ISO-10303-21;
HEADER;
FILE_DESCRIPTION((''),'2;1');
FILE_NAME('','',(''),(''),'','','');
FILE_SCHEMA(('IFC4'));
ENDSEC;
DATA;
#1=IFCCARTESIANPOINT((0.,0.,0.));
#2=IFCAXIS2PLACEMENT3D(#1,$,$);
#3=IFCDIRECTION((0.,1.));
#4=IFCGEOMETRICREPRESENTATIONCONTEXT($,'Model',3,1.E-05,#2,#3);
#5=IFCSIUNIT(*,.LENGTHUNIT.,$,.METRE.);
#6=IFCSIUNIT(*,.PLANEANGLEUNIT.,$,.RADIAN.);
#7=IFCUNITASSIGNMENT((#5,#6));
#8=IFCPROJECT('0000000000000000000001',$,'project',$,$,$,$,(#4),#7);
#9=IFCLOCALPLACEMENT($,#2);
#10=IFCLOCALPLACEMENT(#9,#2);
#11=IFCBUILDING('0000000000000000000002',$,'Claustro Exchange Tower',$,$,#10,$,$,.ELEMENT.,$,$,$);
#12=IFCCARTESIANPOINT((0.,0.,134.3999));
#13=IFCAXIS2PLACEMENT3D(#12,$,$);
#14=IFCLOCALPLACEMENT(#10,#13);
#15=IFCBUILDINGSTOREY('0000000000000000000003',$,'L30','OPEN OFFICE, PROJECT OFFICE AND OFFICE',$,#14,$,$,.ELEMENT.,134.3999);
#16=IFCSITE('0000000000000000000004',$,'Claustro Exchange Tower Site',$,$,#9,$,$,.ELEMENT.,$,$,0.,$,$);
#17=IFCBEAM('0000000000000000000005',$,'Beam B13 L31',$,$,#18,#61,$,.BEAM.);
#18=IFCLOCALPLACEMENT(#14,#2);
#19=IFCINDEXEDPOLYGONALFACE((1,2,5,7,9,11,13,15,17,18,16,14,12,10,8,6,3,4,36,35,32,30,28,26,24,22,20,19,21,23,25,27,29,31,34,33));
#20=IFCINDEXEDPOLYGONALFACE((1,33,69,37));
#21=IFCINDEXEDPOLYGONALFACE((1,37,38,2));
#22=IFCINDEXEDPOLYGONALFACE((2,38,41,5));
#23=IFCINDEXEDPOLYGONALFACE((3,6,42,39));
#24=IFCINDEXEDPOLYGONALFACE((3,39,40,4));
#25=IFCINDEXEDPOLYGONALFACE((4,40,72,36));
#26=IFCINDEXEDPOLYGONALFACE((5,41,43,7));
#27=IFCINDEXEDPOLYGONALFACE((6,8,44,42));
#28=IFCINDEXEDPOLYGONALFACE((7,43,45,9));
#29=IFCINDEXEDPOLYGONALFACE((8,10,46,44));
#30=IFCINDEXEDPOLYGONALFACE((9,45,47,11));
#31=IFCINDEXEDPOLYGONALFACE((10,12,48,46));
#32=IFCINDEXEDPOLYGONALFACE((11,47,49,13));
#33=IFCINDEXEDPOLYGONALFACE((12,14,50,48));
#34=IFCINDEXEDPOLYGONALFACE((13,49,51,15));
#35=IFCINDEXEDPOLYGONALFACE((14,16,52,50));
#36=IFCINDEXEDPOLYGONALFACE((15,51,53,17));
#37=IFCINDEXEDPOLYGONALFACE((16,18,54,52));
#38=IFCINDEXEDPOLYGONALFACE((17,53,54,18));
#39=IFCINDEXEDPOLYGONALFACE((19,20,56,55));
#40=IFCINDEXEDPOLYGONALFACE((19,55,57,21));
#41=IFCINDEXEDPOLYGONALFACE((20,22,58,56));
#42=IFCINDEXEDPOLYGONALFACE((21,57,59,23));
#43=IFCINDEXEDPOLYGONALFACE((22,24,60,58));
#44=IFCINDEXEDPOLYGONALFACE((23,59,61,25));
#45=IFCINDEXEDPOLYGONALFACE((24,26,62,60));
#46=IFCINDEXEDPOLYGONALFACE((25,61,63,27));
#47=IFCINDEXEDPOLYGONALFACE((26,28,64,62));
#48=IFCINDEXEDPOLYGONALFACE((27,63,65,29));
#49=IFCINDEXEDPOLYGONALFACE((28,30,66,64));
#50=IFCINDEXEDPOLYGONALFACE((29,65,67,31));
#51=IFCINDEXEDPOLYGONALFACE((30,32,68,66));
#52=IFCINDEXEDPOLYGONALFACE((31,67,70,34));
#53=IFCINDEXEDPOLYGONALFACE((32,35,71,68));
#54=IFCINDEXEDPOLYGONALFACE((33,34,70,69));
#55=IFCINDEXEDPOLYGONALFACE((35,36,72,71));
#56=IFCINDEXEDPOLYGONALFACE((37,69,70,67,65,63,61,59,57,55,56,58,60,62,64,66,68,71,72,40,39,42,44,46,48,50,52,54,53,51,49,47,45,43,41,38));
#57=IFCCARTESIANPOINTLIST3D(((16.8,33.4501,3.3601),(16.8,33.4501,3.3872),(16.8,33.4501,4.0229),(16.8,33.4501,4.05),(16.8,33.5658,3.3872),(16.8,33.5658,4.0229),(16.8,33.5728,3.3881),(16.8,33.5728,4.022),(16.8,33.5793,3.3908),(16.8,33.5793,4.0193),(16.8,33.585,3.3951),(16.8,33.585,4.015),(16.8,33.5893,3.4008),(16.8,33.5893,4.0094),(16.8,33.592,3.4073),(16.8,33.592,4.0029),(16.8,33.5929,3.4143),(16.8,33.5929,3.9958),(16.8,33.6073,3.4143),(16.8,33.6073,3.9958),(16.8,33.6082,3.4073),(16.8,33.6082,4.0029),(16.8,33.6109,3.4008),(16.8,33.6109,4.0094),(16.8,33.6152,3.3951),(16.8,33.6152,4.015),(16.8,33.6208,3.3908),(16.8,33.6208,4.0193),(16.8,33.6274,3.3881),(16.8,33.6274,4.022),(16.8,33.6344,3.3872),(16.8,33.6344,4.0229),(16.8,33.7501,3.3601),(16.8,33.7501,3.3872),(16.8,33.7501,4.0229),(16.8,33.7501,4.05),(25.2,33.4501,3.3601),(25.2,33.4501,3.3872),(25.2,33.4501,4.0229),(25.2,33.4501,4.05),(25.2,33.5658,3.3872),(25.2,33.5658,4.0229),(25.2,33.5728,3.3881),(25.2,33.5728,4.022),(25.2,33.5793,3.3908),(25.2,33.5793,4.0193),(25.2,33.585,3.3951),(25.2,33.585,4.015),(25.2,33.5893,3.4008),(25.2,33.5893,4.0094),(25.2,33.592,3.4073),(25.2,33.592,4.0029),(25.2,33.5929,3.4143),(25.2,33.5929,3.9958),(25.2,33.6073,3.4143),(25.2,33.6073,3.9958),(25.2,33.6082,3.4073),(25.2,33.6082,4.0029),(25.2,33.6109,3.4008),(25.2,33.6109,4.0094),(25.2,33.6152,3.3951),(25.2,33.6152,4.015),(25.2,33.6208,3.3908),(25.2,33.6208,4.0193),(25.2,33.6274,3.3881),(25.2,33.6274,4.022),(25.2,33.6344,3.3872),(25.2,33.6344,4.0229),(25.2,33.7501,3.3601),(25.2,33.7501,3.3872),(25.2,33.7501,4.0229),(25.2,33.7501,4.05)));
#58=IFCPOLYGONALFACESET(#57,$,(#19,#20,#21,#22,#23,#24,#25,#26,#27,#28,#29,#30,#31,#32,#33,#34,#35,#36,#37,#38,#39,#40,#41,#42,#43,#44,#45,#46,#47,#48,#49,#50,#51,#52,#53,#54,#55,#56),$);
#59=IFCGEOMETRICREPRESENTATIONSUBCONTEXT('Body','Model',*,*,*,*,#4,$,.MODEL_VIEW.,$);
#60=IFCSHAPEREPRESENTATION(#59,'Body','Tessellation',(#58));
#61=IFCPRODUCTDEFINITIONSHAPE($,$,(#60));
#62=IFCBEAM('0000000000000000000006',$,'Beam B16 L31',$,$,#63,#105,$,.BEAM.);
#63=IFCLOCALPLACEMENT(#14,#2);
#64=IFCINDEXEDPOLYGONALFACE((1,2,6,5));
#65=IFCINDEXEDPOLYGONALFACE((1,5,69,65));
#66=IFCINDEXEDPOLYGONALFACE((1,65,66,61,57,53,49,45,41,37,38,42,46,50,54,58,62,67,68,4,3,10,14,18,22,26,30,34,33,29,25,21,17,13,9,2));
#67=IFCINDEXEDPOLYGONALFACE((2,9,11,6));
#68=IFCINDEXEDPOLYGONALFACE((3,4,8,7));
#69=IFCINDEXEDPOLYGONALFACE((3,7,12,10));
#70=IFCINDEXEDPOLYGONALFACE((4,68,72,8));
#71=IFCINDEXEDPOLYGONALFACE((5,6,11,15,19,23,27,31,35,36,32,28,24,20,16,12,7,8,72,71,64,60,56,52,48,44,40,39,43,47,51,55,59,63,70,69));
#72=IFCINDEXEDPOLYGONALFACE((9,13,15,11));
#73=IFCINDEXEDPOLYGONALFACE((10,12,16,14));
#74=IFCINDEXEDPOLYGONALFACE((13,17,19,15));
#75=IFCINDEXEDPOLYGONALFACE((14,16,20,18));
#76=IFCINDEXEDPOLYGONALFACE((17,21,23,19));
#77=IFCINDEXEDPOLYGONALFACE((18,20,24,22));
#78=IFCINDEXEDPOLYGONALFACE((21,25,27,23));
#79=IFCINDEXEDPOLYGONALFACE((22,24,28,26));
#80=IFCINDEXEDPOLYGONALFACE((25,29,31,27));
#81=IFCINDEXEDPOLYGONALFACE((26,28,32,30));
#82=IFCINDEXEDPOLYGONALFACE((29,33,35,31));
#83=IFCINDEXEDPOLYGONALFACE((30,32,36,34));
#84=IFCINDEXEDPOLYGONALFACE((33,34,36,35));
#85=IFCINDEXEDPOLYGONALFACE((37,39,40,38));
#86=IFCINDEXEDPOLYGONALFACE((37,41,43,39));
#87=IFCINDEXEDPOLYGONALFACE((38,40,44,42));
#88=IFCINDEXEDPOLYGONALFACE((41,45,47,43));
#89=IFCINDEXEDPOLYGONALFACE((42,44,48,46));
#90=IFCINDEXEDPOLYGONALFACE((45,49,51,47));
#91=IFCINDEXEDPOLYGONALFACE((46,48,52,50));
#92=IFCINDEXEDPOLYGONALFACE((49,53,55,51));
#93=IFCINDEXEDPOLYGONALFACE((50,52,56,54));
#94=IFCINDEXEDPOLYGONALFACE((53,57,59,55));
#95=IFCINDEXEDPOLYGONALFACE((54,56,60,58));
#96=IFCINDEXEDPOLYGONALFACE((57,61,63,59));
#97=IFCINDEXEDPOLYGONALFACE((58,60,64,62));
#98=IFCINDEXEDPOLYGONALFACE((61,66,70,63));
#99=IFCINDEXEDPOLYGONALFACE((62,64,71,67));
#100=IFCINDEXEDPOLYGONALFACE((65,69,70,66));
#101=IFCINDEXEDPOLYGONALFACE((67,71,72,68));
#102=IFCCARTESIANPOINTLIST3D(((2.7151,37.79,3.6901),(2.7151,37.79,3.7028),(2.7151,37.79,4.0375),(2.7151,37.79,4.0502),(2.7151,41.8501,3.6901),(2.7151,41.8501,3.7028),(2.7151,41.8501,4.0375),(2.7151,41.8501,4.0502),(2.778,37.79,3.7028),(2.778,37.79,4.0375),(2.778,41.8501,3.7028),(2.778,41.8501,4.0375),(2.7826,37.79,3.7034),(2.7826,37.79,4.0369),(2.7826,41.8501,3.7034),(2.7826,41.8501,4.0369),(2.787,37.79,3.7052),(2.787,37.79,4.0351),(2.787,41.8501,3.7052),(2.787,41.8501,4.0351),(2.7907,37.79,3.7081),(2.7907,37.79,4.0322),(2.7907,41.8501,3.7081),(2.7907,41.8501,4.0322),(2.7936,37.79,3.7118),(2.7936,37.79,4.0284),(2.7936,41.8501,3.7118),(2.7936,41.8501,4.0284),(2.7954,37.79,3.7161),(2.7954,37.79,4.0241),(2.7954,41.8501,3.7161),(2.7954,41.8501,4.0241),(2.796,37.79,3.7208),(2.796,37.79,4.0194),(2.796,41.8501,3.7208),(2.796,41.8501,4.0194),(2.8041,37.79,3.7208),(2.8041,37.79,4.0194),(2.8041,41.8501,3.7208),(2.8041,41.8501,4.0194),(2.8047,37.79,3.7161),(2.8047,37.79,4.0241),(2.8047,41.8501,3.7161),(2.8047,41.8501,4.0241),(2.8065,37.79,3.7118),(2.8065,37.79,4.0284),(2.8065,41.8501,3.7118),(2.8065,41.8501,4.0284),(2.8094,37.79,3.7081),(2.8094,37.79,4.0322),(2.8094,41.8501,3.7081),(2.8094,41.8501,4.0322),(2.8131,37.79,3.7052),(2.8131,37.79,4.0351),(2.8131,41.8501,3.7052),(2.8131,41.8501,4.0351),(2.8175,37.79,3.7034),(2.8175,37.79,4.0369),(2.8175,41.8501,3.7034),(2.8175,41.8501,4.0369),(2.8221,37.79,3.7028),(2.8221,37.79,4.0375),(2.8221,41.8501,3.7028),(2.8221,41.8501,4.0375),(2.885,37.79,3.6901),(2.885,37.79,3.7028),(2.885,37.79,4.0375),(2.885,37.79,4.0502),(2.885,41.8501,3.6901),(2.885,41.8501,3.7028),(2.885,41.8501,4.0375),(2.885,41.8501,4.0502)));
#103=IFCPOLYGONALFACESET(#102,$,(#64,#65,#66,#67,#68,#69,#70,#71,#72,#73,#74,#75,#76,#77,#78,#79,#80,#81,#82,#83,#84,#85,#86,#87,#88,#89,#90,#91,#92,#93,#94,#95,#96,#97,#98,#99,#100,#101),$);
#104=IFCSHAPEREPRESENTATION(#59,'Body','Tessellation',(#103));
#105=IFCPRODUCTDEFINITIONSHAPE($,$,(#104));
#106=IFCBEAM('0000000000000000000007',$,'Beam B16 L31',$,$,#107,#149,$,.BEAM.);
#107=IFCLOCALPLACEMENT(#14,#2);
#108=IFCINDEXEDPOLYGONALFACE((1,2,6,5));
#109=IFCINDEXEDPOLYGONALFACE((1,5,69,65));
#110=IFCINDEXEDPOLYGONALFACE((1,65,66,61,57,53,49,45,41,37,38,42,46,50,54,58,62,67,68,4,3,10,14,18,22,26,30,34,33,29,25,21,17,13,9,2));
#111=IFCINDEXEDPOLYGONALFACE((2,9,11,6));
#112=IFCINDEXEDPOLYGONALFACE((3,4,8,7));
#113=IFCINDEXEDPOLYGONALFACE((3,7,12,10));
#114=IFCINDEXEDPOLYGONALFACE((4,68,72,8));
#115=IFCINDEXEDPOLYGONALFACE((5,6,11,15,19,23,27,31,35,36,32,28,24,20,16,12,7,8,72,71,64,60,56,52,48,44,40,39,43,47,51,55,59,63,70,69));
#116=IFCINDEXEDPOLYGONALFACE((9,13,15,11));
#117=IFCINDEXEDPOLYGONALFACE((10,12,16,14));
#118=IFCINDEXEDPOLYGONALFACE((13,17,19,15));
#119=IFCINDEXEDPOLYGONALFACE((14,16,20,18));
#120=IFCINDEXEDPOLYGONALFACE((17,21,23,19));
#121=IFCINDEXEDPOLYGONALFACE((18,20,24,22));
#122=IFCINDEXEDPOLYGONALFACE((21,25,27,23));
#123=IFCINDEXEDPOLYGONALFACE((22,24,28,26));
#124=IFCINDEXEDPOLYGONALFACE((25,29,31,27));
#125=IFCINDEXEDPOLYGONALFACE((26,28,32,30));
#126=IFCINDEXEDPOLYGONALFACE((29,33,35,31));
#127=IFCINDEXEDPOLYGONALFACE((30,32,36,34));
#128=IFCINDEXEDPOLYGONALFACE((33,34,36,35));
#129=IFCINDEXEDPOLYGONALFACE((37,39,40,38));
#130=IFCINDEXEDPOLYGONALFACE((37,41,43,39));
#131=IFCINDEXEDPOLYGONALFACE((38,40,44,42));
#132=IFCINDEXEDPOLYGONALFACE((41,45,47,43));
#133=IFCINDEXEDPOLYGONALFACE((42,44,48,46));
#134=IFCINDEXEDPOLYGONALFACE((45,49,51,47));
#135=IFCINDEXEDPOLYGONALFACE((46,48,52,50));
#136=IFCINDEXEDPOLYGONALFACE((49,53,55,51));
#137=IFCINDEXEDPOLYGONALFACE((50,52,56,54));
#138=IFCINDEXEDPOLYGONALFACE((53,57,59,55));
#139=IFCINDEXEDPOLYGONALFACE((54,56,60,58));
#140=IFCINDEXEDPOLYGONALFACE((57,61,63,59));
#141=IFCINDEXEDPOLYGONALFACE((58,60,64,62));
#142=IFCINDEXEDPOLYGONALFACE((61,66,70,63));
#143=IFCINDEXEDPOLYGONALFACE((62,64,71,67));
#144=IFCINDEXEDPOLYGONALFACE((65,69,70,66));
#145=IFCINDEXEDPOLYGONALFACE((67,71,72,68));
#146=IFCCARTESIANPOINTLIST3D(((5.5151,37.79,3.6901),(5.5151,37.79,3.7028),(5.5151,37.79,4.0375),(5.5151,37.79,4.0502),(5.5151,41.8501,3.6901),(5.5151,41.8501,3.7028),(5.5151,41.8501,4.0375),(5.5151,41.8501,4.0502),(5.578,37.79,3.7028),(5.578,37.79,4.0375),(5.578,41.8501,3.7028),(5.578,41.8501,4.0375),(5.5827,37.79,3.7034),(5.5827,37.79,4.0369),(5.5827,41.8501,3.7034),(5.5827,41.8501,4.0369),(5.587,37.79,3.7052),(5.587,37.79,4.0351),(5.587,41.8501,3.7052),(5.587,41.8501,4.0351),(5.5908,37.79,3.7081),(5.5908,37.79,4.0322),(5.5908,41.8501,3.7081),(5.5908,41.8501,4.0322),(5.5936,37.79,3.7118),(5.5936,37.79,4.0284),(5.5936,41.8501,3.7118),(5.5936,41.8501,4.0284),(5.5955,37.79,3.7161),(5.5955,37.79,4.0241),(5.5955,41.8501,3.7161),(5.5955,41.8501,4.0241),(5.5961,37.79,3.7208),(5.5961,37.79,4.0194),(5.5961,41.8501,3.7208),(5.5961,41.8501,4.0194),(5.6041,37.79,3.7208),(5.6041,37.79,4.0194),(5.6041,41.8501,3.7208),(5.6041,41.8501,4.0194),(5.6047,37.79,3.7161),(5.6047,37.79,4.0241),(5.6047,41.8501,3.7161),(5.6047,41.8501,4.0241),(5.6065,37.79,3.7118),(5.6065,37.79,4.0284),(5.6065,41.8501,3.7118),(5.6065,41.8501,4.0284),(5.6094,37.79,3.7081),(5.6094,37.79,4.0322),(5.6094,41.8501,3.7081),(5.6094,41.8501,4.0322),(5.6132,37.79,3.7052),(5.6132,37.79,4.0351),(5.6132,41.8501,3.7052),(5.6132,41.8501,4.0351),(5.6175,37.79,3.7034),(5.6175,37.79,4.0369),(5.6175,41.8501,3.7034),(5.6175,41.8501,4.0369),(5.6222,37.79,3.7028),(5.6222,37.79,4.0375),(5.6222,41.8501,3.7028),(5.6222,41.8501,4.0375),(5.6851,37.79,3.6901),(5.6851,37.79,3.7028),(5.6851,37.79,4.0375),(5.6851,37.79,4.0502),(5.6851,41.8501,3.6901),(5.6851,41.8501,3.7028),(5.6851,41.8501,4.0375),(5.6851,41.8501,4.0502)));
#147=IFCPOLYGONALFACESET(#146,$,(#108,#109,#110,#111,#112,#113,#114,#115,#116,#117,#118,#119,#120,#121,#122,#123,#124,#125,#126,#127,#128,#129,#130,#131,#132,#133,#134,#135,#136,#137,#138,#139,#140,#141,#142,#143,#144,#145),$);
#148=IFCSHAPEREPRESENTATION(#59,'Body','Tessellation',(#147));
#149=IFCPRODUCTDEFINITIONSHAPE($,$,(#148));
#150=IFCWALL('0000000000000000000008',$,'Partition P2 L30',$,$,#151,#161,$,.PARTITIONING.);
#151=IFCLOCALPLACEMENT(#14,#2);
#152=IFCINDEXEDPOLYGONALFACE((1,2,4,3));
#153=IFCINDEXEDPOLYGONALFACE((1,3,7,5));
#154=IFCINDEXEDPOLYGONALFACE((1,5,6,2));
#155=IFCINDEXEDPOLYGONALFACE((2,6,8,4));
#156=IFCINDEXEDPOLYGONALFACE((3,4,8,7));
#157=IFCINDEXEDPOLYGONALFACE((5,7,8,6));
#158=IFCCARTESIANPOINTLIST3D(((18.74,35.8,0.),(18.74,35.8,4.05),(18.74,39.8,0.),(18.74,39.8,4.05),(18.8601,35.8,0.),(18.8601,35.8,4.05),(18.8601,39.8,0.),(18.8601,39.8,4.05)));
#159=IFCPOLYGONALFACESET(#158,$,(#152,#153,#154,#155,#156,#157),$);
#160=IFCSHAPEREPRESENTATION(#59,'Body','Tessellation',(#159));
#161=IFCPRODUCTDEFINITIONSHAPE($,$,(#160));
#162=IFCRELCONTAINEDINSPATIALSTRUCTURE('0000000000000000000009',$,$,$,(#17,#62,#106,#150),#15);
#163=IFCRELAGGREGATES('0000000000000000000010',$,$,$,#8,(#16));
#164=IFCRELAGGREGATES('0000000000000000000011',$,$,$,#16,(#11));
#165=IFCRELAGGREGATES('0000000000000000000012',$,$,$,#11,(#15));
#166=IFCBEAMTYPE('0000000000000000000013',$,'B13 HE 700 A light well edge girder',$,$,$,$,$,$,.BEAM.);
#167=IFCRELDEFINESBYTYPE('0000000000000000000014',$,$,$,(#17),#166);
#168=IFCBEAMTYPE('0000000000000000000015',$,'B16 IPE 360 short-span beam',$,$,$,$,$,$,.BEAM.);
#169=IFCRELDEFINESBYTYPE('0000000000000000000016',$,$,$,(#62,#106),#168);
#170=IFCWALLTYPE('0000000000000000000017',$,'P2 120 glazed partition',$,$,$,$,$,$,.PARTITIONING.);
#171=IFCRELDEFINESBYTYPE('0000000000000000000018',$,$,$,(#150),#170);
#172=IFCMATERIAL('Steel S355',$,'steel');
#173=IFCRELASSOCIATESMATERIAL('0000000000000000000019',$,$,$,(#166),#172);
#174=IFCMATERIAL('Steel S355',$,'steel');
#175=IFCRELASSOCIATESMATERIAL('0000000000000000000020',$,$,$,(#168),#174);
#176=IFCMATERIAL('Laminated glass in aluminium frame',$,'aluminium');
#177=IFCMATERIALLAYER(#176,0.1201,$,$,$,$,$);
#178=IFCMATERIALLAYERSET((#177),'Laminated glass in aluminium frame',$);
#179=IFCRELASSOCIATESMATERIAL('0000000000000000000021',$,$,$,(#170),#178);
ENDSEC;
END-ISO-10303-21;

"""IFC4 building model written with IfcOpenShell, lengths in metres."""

from ifc_helpers import new_model, si_unit, direction, frame, frame_2d, origin, origin_2d, place, context, subcontext, project, spatial, rectangle, i_section, extrude, material, layer, layer_set, material_profile, profile_set, type_object, element, save


model = new_model("IFC4")

# Units and contexts
model_context = context("Model", 3, precision=1e-05, world=origin(), true_north=direction((0.0, 1.0)))
body_context = subcontext(model_context, "Body", "Model", "MODEL_VIEW")
ifc_project = project(units=[si_unit("LENGTHUNIT", "METRE"), si_unit("PLANEANGLEUNIT", "RADIAN")], contexts=[model_context])

# Site, building, storey
site_placement = place(None, origin())
site = spatial("IfcSite", under=ifc_project, at=site_placement, Name="Claustro Exchange Tower Site", CompositionType="ELEMENT", RefElevation=0.0)
building_placement = place(site_placement, origin())
building = spatial("IfcBuilding", under=site, at=building_placement, Name="Claustro Exchange Tower", CompositionType="ELEMENT")
storey_placement = place(building_placement, frame((0.0, 0.0, 134.3999)))
storey = spatial("IfcBuildingStorey", under=building, at=storey_placement, Name="L30", Description="OPEN OFFICE, PROJECT OFFICE AND OFFICE", CompositionType="ELEMENT", Elevation=134.3999)

# Beams
ifc_material_1 = material(Name="Steel S355", Category="steel")
ifc_material_profile_1 = material_profile(ifc_material_1, i_section(OverallWidth=0.3, OverallDepth=0.6899, WebThickness=0.0144, FlangeThickness=0.0271, FilletRadius=0.0271, at=origin_2d()), Name="HE 700 A")
ifc_profile_set_1 = profile_set([ifc_material_profile_1], Name="Steel S355")
beam_type_1 = type_object("IfcBeamType", Name="B13 HE 700 A light well edge girder", PredefinedType="BEAM", material=ifc_profile_set_1)
beam_placement = place(storey_placement, frame((16.8, 33.6001, 3.7051), z_axis=(1.0, 0.0, 0.0), x_axis=(0.0, 1.0, 0.0)))
element("IfcBeam", 1, at=beam_placement, inside=storey, type_object=beam_type_1, Name="Beam B13 L31", PredefinedType="BEAM", context=body_context, shape_type="SweptSolid", body=[
    extrude(i_section(OverallWidth=0.3, OverallDepth=0.6899, WebThickness=0.0144, FlangeThickness=0.0271, FilletRadius=0.0271, at=origin_2d()), origin(), (0.0, 0.0, 1.0), 8.3999),
])
ifc_material_2 = material(Name="Steel S355", Category="steel")
ifc_material_profile_2 = material_profile(ifc_material_2, i_section(OverallWidth=0.1699, OverallDepth=0.3601, WebThickness=0.0081, FlangeThickness=0.0127, FilletRadius=0.0181, at=origin_2d()), Name="IPE 360")
ifc_profile_set_2 = profile_set([ifc_material_profile_2], Name="Steel S355")
beam_type_2 = type_object("IfcBeamType", Name="B16 IPE 360 short-span beam", PredefinedType="BEAM", material=ifc_profile_set_2)
for number, where, z_axis, x_axis, name in (
    (2, (2.8, 37.79, 3.8701), (0.0, 1.0, 0.0), (-1.0, 0.0, 0.0), "Beam B16 L31"),
    (3, (5.6001, 37.79, 3.8701), (0.0, 1.0, 0.0), (-1.0, 0.0, 0.0), "Beam B16 L31"),
):
    element("IfcBeam", number, at=place(storey_placement, frame(where, z_axis=z_axis, x_axis=x_axis)), inside=storey, type_object=beam_type_2, Name=name, PredefinedType="BEAM", context=body_context, shape_type="SweptSolid", body=[
        extrude(i_section(OverallWidth=0.1699, OverallDepth=0.3601, WebThickness=0.0081, FlangeThickness=0.0127, FilletRadius=0.0181, at=origin_2d()), origin(), (0.0, 0.0, 1.0), 4.0601),
    ])

# Wall
ifc_material_3 = material(Name="Laminated glass in aluminium frame", Category="aluminium")
ifc_layer_1 = layer(ifc_material_3, 0.1201)
ifc_layer_set_1 = layer_set([ifc_layer_1], Name="Laminated glass in aluminium frame")
wall_type_1 = type_object("IfcWallType", Name="P2 120 glazed partition", PredefinedType="PARTITIONING", material=ifc_layer_set_1)
wall_1_placement = place(storey_placement, frame((18.8, 35.8, 0.0), z_axis=(0.0, 0.0, 1.0), x_axis=(0.0, 1.0, 0.0)))
element("IfcWall", 4, at=wall_1_placement, inside=storey, type_object=wall_type_1, Name="Partition P2 L30", PredefinedType="PARTITIONING", context=body_context, shape_type="SweptSolid", body=[
    extrude(rectangle(XDim=4.0, YDim=0.1201, at=frame_2d((2.0, 0.0))), origin(), (0.0, 0.0, 1.0), 4.05),
])

save(model, "model.ifc")
